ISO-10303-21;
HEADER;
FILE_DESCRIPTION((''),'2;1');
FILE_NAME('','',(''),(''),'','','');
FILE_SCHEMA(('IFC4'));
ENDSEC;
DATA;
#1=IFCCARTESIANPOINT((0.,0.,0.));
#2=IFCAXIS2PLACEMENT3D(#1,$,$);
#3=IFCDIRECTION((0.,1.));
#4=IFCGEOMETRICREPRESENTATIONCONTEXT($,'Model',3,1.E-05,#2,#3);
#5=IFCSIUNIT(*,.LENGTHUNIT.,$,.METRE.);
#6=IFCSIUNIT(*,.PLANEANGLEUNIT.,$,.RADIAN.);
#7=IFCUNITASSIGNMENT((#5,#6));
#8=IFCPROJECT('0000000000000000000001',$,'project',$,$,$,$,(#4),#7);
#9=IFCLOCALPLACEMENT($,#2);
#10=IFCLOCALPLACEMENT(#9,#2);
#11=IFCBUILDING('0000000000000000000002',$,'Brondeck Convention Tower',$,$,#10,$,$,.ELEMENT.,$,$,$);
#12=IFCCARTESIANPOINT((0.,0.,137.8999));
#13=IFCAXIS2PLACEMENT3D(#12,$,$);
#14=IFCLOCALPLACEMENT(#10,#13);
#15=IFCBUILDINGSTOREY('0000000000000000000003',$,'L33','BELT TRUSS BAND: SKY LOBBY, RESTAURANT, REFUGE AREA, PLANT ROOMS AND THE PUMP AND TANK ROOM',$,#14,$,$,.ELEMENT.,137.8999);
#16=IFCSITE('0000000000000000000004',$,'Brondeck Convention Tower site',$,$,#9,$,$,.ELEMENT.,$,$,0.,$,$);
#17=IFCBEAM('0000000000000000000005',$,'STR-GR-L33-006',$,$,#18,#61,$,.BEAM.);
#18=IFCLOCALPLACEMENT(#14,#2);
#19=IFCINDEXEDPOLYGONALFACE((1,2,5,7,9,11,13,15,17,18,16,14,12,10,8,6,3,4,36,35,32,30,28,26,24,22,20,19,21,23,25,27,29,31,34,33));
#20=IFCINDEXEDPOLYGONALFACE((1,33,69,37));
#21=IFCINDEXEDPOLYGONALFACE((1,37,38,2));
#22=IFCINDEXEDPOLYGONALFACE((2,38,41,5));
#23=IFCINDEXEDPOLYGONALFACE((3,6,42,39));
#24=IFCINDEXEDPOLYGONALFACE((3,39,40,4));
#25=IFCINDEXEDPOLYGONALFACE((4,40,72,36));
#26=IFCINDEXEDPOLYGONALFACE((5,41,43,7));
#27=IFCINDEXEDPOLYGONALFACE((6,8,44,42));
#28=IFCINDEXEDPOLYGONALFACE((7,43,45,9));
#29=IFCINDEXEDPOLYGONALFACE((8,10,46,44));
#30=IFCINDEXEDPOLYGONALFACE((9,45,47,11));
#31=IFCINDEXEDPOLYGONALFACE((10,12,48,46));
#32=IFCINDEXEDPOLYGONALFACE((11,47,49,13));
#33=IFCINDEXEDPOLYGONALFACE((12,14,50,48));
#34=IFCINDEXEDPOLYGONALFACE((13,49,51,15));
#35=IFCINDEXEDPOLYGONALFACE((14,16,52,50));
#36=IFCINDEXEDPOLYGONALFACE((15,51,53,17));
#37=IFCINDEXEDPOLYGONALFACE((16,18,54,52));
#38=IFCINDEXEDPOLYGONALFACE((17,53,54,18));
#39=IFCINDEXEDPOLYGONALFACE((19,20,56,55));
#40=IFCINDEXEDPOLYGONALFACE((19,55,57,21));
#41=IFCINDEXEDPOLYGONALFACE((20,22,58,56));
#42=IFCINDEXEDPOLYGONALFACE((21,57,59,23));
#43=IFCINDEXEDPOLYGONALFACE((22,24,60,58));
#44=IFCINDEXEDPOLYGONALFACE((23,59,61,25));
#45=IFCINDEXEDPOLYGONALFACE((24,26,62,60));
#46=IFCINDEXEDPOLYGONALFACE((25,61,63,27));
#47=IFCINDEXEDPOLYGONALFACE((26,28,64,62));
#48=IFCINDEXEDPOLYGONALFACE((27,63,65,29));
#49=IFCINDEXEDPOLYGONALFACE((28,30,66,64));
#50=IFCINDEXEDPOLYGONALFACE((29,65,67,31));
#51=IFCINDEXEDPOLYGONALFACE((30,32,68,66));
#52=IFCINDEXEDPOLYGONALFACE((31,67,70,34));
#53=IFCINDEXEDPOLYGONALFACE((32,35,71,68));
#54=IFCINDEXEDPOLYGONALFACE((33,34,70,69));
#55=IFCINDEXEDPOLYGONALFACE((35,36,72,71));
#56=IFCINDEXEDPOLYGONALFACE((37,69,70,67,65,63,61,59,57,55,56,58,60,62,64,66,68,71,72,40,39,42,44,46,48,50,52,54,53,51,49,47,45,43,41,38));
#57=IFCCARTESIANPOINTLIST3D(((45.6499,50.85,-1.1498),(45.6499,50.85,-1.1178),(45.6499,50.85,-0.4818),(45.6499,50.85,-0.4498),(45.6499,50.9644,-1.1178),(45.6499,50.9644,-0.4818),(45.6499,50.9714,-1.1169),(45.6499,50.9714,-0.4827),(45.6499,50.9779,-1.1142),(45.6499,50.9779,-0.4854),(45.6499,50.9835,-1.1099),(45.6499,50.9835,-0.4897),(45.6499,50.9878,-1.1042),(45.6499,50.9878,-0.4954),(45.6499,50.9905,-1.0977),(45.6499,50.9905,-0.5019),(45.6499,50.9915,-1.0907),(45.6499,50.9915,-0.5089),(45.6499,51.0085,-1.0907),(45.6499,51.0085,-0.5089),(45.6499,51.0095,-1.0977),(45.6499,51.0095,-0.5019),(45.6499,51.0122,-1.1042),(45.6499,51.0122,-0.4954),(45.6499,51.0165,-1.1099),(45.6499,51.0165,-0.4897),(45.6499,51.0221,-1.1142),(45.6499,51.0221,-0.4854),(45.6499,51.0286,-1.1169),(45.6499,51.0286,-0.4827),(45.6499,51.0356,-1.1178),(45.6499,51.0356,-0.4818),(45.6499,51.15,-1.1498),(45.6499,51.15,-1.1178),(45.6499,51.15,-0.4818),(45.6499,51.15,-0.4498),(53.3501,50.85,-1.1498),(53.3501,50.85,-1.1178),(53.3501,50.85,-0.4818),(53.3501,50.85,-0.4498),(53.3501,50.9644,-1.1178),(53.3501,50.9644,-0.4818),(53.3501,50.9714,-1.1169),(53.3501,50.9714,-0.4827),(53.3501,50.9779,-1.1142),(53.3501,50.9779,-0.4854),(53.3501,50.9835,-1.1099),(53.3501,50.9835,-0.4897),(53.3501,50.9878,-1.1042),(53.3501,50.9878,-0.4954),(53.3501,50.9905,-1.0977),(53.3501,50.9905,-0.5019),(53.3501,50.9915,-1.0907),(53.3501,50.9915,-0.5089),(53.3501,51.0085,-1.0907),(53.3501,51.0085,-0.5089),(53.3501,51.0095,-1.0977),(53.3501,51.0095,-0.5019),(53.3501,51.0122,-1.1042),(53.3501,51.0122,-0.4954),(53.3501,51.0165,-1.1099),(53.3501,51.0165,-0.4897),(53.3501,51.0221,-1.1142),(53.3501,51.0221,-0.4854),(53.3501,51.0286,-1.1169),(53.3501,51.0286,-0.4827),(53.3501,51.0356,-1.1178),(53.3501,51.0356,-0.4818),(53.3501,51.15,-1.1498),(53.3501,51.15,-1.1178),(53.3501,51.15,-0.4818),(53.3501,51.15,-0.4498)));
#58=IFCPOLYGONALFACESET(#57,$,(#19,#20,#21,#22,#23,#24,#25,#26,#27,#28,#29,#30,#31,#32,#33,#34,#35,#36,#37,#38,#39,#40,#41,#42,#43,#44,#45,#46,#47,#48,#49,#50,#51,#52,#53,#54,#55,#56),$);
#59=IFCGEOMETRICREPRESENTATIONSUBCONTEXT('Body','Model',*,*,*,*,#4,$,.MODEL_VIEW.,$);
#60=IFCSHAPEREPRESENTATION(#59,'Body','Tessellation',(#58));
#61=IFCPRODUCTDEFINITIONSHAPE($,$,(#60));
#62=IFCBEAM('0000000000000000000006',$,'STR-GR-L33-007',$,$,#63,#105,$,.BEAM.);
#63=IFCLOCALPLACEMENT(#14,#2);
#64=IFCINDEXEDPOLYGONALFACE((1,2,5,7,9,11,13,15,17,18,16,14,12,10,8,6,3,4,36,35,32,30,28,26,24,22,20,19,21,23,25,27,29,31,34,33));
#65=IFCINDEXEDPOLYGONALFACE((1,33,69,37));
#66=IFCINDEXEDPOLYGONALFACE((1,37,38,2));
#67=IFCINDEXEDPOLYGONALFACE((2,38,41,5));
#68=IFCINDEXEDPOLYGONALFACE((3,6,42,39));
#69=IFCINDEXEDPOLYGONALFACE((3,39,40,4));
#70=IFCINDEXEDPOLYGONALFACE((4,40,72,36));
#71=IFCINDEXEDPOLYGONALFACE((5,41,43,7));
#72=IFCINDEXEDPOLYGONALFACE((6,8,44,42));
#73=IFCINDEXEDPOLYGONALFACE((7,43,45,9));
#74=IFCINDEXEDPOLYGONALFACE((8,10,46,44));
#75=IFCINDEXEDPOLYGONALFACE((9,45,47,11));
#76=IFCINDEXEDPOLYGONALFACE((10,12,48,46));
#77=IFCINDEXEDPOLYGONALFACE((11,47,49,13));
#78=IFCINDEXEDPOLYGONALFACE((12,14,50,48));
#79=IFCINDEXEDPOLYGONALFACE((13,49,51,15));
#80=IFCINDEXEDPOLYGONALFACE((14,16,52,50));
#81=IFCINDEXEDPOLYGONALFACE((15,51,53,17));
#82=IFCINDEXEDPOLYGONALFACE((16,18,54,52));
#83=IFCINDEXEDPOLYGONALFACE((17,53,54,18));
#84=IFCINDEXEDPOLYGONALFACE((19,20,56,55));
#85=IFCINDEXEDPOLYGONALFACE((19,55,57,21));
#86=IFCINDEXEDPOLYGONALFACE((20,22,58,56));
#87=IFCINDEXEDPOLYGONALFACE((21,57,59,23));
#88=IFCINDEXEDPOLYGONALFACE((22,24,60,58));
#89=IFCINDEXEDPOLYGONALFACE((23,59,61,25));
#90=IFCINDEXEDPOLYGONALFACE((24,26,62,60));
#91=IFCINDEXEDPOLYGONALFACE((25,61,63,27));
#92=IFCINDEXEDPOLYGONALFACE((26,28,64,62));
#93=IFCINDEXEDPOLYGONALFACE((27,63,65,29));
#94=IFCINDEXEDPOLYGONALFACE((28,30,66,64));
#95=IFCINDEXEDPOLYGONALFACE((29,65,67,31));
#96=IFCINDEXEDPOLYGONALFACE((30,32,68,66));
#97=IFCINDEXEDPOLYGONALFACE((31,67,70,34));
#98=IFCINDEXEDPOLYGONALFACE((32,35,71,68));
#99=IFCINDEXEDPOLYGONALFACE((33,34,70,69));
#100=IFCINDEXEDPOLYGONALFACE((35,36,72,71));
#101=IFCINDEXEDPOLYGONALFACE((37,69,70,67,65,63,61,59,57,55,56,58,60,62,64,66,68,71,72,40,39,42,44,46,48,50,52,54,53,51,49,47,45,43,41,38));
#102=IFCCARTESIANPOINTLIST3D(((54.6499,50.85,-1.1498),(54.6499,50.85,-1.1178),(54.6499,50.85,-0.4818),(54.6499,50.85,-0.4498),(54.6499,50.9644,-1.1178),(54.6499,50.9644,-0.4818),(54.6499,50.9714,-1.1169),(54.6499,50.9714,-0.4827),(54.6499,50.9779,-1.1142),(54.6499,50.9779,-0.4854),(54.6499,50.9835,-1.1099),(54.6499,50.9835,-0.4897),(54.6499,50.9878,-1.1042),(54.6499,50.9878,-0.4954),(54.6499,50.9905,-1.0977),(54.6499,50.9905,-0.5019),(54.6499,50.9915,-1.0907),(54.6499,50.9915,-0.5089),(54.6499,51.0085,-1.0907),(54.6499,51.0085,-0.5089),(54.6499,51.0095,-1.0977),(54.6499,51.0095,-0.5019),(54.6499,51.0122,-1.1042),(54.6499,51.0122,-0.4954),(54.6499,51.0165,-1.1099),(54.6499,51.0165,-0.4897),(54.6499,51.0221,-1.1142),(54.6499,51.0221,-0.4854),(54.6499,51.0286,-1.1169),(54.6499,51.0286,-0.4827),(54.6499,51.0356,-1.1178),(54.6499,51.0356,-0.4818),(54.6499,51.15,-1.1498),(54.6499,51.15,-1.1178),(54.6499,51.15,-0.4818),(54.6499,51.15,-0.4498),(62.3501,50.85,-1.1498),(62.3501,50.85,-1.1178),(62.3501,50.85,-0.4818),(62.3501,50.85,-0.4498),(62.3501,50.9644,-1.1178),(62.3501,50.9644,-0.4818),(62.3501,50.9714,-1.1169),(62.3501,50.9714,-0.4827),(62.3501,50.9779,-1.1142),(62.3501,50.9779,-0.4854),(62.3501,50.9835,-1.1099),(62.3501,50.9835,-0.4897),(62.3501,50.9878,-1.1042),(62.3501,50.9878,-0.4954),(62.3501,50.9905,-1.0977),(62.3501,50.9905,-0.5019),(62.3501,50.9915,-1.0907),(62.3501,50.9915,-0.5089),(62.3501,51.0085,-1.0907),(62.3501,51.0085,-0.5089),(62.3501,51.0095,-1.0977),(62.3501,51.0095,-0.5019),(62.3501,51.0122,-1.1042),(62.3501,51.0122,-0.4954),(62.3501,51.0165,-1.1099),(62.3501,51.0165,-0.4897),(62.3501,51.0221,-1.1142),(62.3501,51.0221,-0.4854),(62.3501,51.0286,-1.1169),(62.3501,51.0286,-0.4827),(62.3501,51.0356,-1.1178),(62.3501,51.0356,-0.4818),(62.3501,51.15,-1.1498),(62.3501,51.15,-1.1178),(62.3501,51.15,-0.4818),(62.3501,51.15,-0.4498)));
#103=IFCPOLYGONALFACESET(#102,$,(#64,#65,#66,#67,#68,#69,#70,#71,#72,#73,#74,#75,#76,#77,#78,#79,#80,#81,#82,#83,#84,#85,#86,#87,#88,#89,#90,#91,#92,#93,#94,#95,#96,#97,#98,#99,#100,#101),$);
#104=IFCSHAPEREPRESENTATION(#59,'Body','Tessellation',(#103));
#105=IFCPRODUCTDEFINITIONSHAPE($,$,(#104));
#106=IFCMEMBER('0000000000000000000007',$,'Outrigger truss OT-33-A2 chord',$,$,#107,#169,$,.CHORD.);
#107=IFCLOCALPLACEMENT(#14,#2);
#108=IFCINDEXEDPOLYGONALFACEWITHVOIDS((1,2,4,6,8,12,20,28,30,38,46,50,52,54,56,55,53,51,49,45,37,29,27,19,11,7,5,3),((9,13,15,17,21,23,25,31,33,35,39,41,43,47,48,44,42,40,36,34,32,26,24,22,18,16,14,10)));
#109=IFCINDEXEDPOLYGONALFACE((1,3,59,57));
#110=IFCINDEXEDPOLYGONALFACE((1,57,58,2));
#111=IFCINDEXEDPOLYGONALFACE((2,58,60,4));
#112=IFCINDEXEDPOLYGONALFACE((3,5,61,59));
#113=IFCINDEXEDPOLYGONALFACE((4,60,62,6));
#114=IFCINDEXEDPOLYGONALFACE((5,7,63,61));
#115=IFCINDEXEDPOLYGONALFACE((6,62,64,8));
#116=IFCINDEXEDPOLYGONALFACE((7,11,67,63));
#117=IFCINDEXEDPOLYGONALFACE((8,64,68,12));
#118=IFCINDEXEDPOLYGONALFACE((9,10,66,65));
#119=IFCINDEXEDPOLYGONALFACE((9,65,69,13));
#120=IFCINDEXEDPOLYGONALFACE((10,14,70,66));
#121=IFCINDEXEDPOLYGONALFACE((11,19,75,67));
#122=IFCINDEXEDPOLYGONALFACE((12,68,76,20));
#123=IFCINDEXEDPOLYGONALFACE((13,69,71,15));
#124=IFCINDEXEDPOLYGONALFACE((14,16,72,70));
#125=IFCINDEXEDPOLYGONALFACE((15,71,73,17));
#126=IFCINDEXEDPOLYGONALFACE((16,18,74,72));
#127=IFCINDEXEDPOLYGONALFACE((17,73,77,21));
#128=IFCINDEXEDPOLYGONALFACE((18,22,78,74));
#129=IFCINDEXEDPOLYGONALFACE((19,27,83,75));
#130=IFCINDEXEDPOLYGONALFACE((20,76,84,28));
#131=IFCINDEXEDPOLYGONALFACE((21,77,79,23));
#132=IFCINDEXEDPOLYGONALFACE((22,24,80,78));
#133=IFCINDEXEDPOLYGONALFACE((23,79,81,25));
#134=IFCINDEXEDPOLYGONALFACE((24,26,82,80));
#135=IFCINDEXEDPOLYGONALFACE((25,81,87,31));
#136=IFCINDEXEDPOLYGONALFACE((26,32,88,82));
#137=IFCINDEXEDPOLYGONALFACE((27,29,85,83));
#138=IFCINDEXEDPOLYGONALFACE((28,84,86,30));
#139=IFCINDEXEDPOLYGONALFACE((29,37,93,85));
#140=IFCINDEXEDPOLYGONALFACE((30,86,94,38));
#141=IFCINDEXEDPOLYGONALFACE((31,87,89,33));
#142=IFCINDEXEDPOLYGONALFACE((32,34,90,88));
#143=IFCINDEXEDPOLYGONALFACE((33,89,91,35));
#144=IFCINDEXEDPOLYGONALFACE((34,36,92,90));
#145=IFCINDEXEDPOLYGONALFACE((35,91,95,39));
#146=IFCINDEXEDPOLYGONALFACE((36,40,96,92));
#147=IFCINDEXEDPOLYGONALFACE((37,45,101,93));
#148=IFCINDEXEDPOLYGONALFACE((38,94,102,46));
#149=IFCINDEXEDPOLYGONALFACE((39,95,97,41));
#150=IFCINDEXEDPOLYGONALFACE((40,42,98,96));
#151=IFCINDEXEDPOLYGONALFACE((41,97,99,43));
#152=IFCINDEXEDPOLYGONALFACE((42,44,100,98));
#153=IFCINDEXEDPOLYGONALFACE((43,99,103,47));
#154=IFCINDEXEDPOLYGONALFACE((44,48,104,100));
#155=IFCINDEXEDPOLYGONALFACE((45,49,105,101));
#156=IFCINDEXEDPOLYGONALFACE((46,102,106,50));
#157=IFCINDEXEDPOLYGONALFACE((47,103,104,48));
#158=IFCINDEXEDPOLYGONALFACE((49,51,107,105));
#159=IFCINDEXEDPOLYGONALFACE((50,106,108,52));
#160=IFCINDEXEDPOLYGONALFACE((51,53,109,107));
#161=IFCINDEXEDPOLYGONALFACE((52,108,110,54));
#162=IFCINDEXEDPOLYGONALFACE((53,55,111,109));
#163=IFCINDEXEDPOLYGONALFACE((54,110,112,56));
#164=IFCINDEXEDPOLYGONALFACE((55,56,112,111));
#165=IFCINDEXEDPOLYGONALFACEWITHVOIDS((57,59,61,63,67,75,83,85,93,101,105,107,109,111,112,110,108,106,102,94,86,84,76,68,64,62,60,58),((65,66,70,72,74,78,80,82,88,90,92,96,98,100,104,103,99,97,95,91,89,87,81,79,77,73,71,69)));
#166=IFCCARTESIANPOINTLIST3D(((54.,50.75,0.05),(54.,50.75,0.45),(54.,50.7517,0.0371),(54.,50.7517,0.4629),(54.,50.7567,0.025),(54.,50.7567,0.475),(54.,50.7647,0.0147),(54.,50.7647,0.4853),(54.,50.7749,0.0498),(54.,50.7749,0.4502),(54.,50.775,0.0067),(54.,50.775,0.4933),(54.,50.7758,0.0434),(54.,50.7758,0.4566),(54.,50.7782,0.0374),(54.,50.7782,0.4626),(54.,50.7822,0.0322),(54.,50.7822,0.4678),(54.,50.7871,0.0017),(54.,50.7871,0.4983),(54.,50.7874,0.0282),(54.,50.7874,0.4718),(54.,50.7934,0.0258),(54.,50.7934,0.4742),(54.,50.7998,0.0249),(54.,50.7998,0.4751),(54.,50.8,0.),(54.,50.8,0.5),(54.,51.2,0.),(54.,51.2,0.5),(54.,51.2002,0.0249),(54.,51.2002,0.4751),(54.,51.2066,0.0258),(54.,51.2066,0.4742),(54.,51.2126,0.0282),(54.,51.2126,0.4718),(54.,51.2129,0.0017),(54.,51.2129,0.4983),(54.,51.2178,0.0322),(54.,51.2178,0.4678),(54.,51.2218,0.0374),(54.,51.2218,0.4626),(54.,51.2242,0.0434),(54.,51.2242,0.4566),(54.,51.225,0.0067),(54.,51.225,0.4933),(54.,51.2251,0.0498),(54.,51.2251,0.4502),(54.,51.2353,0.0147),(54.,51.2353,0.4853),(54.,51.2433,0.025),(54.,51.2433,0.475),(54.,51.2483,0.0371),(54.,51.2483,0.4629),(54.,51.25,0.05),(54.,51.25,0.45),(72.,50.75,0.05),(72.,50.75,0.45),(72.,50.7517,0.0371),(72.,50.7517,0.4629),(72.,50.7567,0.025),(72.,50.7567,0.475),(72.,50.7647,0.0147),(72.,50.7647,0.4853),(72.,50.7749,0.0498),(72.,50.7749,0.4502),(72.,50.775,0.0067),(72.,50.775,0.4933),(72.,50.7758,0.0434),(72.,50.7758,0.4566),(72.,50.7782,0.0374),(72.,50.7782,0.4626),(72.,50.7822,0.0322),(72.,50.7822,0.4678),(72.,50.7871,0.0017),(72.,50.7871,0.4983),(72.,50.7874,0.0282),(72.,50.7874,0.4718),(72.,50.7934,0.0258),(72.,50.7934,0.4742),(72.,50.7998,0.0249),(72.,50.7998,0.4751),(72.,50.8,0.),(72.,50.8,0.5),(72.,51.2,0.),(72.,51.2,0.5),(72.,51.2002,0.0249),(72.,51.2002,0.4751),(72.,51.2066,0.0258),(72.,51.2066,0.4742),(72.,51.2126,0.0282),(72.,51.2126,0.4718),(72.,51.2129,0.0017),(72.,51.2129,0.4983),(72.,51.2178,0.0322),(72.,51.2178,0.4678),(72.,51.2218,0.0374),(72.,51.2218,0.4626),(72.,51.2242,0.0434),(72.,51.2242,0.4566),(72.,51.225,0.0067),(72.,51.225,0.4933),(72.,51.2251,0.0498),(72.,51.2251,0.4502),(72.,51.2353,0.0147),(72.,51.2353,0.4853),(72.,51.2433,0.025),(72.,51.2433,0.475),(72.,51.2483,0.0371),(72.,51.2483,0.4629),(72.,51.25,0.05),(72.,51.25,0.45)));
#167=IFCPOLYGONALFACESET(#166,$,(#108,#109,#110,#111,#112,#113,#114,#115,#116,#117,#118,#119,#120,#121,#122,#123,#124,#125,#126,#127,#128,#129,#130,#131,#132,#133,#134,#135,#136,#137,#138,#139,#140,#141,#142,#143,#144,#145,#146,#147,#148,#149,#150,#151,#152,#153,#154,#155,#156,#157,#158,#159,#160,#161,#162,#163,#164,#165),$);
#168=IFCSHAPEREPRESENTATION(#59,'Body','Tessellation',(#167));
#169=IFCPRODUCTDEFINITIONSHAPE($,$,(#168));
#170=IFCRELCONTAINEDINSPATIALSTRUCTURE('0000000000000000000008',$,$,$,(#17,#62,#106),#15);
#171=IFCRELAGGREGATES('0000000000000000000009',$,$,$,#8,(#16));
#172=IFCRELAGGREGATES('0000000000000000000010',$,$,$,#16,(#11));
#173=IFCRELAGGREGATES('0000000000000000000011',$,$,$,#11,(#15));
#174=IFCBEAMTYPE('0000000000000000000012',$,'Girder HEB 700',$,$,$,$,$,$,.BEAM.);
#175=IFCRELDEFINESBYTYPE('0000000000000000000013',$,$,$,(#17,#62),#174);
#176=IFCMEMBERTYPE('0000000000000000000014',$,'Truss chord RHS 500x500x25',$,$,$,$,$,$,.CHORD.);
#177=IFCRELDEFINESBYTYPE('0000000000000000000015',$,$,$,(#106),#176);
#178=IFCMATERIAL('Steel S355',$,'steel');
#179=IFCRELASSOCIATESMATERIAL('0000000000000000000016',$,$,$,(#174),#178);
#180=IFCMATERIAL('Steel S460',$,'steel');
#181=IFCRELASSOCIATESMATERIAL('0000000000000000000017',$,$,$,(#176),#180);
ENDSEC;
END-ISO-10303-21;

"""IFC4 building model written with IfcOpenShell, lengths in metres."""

from ifc_helpers import new_model, si_unit, direction, frame, origin, origin_2d, place, context, subcontext, project, spatial, hollow_rectangle, i_section, extrude, material, material_profile, profile_set, type_object, element, save


model = new_model("IFC4")

# Units and contexts
model_context = context("Model", 3, precision=1e-05, world=origin(), true_north=direction((0.0, 1.0)))
body_context = subcontext(model_context, "Body", "Model", "MODEL_VIEW")
ifc_project = project(units=[si_unit("LENGTHUNIT", "METRE"), si_unit("PLANEANGLEUNIT", "RADIAN")], contexts=[model_context])

# Site, building, storey
site_placement = place(None, origin())
site = spatial("IfcSite", under=ifc_project, at=site_placement, Name="Brondeck Convention Tower site", CompositionType="ELEMENT", RefElevation=0.0)
building_placement = place(site_placement, origin())
building = spatial("IfcBuilding", under=site, at=building_placement, Name="Brondeck Convention Tower", CompositionType="ELEMENT")
storey_placement = place(building_placement, frame((0.0, 0.0, 137.8999)))
storey = spatial("IfcBuildingStorey", under=building, at=storey_placement, Name="L33", Description="BELT TRUSS BAND: SKY LOBBY, RESTAURANT, REFUGE AREA, PLANT ROOMS AND THE PUMP AND TANK ROOM", CompositionType="ELEMENT", Elevation=137.8999)

# Beams
ifc_material_1 = material(Name="Steel S355", Category="steel")
ifc_material_profile_1 = material_profile(ifc_material_1, i_section(OverallWidth=0.3, OverallDepth=0.7, WebThickness=0.0171, FlangeThickness=0.032, FilletRadius=0.0271, at=origin_2d()), Name="HEB 700")
ifc_profile_set_1 = profile_set([ifc_material_profile_1], Name="Steel S355")
beam_type_1 = type_object("IfcBeamType", Name="Girder HEB 700", PredefinedType="BEAM", material=ifc_profile_set_1)
for number, where, z_axis, x_axis, name in (
    (1, (45.6499, 51.0, -0.7998), (1.0, 0.0, 0.0), (0.0, 1.0, 0.0), "STR-GR-L33-006"),
    (2, (54.6499, 51.0, -0.7998), (1.0, 0.0, 0.0), (0.0, 1.0, 0.0), "STR-GR-L33-007"),
):
    element("IfcBeam", number, at=place(storey_placement, frame(where, z_axis=z_axis, x_axis=x_axis)), inside=storey, type_object=beam_type_1, Name=name, PredefinedType="BEAM", context=body_context, shape_type="SweptSolid", body=[
        extrude(i_section(OverallWidth=0.3, OverallDepth=0.7, WebThickness=0.0171, FlangeThickness=0.032, FilletRadius=0.0271, at=origin_2d()), origin(), (0.0, 0.0, 1.0), 7.7002),
    ])

# Member
ifc_material_2 = material(Name="Steel S460", Category="steel")
ifc_material_profile_2 = material_profile(ifc_material_2, hollow_rectangle(XDim=0.5, YDim=0.5, WallThickness=0.0249, InnerFilletRadius=0.0249, OuterFilletRadius=0.05, at=origin_2d()), Name="RHS 500x500x25")
ifc_profile_set_2 = profile_set([ifc_material_profile_2], Name="Steel S460")
member_type_1 = type_object("IfcMemberType", Name="Truss chord RHS 500x500x25", PredefinedType="CHORD", material=ifc_profile_set_2)
member_1_placement = place(storey_placement, frame((54.0, 51.0, 0.25), z_axis=(1.0, 0.0, 0.0), x_axis=(0.0, 1.0, 0.0)))
element("IfcMember", 3, at=member_1_placement, inside=storey, type_object=member_type_1, Name="Outrigger truss OT-33-A2 chord", PredefinedType="CHORD", context=body_context, shape_type="SweptSolid", body=[
    extrude(hollow_rectangle(XDim=0.5, YDim=0.5, WallThickness=0.0249, InnerFilletRadius=0.0249, OuterFilletRadius=0.05, at=origin_2d()), origin(), (0.0, 0.0, 1.0), 18.0),
])

save(model, "model.ifc")
